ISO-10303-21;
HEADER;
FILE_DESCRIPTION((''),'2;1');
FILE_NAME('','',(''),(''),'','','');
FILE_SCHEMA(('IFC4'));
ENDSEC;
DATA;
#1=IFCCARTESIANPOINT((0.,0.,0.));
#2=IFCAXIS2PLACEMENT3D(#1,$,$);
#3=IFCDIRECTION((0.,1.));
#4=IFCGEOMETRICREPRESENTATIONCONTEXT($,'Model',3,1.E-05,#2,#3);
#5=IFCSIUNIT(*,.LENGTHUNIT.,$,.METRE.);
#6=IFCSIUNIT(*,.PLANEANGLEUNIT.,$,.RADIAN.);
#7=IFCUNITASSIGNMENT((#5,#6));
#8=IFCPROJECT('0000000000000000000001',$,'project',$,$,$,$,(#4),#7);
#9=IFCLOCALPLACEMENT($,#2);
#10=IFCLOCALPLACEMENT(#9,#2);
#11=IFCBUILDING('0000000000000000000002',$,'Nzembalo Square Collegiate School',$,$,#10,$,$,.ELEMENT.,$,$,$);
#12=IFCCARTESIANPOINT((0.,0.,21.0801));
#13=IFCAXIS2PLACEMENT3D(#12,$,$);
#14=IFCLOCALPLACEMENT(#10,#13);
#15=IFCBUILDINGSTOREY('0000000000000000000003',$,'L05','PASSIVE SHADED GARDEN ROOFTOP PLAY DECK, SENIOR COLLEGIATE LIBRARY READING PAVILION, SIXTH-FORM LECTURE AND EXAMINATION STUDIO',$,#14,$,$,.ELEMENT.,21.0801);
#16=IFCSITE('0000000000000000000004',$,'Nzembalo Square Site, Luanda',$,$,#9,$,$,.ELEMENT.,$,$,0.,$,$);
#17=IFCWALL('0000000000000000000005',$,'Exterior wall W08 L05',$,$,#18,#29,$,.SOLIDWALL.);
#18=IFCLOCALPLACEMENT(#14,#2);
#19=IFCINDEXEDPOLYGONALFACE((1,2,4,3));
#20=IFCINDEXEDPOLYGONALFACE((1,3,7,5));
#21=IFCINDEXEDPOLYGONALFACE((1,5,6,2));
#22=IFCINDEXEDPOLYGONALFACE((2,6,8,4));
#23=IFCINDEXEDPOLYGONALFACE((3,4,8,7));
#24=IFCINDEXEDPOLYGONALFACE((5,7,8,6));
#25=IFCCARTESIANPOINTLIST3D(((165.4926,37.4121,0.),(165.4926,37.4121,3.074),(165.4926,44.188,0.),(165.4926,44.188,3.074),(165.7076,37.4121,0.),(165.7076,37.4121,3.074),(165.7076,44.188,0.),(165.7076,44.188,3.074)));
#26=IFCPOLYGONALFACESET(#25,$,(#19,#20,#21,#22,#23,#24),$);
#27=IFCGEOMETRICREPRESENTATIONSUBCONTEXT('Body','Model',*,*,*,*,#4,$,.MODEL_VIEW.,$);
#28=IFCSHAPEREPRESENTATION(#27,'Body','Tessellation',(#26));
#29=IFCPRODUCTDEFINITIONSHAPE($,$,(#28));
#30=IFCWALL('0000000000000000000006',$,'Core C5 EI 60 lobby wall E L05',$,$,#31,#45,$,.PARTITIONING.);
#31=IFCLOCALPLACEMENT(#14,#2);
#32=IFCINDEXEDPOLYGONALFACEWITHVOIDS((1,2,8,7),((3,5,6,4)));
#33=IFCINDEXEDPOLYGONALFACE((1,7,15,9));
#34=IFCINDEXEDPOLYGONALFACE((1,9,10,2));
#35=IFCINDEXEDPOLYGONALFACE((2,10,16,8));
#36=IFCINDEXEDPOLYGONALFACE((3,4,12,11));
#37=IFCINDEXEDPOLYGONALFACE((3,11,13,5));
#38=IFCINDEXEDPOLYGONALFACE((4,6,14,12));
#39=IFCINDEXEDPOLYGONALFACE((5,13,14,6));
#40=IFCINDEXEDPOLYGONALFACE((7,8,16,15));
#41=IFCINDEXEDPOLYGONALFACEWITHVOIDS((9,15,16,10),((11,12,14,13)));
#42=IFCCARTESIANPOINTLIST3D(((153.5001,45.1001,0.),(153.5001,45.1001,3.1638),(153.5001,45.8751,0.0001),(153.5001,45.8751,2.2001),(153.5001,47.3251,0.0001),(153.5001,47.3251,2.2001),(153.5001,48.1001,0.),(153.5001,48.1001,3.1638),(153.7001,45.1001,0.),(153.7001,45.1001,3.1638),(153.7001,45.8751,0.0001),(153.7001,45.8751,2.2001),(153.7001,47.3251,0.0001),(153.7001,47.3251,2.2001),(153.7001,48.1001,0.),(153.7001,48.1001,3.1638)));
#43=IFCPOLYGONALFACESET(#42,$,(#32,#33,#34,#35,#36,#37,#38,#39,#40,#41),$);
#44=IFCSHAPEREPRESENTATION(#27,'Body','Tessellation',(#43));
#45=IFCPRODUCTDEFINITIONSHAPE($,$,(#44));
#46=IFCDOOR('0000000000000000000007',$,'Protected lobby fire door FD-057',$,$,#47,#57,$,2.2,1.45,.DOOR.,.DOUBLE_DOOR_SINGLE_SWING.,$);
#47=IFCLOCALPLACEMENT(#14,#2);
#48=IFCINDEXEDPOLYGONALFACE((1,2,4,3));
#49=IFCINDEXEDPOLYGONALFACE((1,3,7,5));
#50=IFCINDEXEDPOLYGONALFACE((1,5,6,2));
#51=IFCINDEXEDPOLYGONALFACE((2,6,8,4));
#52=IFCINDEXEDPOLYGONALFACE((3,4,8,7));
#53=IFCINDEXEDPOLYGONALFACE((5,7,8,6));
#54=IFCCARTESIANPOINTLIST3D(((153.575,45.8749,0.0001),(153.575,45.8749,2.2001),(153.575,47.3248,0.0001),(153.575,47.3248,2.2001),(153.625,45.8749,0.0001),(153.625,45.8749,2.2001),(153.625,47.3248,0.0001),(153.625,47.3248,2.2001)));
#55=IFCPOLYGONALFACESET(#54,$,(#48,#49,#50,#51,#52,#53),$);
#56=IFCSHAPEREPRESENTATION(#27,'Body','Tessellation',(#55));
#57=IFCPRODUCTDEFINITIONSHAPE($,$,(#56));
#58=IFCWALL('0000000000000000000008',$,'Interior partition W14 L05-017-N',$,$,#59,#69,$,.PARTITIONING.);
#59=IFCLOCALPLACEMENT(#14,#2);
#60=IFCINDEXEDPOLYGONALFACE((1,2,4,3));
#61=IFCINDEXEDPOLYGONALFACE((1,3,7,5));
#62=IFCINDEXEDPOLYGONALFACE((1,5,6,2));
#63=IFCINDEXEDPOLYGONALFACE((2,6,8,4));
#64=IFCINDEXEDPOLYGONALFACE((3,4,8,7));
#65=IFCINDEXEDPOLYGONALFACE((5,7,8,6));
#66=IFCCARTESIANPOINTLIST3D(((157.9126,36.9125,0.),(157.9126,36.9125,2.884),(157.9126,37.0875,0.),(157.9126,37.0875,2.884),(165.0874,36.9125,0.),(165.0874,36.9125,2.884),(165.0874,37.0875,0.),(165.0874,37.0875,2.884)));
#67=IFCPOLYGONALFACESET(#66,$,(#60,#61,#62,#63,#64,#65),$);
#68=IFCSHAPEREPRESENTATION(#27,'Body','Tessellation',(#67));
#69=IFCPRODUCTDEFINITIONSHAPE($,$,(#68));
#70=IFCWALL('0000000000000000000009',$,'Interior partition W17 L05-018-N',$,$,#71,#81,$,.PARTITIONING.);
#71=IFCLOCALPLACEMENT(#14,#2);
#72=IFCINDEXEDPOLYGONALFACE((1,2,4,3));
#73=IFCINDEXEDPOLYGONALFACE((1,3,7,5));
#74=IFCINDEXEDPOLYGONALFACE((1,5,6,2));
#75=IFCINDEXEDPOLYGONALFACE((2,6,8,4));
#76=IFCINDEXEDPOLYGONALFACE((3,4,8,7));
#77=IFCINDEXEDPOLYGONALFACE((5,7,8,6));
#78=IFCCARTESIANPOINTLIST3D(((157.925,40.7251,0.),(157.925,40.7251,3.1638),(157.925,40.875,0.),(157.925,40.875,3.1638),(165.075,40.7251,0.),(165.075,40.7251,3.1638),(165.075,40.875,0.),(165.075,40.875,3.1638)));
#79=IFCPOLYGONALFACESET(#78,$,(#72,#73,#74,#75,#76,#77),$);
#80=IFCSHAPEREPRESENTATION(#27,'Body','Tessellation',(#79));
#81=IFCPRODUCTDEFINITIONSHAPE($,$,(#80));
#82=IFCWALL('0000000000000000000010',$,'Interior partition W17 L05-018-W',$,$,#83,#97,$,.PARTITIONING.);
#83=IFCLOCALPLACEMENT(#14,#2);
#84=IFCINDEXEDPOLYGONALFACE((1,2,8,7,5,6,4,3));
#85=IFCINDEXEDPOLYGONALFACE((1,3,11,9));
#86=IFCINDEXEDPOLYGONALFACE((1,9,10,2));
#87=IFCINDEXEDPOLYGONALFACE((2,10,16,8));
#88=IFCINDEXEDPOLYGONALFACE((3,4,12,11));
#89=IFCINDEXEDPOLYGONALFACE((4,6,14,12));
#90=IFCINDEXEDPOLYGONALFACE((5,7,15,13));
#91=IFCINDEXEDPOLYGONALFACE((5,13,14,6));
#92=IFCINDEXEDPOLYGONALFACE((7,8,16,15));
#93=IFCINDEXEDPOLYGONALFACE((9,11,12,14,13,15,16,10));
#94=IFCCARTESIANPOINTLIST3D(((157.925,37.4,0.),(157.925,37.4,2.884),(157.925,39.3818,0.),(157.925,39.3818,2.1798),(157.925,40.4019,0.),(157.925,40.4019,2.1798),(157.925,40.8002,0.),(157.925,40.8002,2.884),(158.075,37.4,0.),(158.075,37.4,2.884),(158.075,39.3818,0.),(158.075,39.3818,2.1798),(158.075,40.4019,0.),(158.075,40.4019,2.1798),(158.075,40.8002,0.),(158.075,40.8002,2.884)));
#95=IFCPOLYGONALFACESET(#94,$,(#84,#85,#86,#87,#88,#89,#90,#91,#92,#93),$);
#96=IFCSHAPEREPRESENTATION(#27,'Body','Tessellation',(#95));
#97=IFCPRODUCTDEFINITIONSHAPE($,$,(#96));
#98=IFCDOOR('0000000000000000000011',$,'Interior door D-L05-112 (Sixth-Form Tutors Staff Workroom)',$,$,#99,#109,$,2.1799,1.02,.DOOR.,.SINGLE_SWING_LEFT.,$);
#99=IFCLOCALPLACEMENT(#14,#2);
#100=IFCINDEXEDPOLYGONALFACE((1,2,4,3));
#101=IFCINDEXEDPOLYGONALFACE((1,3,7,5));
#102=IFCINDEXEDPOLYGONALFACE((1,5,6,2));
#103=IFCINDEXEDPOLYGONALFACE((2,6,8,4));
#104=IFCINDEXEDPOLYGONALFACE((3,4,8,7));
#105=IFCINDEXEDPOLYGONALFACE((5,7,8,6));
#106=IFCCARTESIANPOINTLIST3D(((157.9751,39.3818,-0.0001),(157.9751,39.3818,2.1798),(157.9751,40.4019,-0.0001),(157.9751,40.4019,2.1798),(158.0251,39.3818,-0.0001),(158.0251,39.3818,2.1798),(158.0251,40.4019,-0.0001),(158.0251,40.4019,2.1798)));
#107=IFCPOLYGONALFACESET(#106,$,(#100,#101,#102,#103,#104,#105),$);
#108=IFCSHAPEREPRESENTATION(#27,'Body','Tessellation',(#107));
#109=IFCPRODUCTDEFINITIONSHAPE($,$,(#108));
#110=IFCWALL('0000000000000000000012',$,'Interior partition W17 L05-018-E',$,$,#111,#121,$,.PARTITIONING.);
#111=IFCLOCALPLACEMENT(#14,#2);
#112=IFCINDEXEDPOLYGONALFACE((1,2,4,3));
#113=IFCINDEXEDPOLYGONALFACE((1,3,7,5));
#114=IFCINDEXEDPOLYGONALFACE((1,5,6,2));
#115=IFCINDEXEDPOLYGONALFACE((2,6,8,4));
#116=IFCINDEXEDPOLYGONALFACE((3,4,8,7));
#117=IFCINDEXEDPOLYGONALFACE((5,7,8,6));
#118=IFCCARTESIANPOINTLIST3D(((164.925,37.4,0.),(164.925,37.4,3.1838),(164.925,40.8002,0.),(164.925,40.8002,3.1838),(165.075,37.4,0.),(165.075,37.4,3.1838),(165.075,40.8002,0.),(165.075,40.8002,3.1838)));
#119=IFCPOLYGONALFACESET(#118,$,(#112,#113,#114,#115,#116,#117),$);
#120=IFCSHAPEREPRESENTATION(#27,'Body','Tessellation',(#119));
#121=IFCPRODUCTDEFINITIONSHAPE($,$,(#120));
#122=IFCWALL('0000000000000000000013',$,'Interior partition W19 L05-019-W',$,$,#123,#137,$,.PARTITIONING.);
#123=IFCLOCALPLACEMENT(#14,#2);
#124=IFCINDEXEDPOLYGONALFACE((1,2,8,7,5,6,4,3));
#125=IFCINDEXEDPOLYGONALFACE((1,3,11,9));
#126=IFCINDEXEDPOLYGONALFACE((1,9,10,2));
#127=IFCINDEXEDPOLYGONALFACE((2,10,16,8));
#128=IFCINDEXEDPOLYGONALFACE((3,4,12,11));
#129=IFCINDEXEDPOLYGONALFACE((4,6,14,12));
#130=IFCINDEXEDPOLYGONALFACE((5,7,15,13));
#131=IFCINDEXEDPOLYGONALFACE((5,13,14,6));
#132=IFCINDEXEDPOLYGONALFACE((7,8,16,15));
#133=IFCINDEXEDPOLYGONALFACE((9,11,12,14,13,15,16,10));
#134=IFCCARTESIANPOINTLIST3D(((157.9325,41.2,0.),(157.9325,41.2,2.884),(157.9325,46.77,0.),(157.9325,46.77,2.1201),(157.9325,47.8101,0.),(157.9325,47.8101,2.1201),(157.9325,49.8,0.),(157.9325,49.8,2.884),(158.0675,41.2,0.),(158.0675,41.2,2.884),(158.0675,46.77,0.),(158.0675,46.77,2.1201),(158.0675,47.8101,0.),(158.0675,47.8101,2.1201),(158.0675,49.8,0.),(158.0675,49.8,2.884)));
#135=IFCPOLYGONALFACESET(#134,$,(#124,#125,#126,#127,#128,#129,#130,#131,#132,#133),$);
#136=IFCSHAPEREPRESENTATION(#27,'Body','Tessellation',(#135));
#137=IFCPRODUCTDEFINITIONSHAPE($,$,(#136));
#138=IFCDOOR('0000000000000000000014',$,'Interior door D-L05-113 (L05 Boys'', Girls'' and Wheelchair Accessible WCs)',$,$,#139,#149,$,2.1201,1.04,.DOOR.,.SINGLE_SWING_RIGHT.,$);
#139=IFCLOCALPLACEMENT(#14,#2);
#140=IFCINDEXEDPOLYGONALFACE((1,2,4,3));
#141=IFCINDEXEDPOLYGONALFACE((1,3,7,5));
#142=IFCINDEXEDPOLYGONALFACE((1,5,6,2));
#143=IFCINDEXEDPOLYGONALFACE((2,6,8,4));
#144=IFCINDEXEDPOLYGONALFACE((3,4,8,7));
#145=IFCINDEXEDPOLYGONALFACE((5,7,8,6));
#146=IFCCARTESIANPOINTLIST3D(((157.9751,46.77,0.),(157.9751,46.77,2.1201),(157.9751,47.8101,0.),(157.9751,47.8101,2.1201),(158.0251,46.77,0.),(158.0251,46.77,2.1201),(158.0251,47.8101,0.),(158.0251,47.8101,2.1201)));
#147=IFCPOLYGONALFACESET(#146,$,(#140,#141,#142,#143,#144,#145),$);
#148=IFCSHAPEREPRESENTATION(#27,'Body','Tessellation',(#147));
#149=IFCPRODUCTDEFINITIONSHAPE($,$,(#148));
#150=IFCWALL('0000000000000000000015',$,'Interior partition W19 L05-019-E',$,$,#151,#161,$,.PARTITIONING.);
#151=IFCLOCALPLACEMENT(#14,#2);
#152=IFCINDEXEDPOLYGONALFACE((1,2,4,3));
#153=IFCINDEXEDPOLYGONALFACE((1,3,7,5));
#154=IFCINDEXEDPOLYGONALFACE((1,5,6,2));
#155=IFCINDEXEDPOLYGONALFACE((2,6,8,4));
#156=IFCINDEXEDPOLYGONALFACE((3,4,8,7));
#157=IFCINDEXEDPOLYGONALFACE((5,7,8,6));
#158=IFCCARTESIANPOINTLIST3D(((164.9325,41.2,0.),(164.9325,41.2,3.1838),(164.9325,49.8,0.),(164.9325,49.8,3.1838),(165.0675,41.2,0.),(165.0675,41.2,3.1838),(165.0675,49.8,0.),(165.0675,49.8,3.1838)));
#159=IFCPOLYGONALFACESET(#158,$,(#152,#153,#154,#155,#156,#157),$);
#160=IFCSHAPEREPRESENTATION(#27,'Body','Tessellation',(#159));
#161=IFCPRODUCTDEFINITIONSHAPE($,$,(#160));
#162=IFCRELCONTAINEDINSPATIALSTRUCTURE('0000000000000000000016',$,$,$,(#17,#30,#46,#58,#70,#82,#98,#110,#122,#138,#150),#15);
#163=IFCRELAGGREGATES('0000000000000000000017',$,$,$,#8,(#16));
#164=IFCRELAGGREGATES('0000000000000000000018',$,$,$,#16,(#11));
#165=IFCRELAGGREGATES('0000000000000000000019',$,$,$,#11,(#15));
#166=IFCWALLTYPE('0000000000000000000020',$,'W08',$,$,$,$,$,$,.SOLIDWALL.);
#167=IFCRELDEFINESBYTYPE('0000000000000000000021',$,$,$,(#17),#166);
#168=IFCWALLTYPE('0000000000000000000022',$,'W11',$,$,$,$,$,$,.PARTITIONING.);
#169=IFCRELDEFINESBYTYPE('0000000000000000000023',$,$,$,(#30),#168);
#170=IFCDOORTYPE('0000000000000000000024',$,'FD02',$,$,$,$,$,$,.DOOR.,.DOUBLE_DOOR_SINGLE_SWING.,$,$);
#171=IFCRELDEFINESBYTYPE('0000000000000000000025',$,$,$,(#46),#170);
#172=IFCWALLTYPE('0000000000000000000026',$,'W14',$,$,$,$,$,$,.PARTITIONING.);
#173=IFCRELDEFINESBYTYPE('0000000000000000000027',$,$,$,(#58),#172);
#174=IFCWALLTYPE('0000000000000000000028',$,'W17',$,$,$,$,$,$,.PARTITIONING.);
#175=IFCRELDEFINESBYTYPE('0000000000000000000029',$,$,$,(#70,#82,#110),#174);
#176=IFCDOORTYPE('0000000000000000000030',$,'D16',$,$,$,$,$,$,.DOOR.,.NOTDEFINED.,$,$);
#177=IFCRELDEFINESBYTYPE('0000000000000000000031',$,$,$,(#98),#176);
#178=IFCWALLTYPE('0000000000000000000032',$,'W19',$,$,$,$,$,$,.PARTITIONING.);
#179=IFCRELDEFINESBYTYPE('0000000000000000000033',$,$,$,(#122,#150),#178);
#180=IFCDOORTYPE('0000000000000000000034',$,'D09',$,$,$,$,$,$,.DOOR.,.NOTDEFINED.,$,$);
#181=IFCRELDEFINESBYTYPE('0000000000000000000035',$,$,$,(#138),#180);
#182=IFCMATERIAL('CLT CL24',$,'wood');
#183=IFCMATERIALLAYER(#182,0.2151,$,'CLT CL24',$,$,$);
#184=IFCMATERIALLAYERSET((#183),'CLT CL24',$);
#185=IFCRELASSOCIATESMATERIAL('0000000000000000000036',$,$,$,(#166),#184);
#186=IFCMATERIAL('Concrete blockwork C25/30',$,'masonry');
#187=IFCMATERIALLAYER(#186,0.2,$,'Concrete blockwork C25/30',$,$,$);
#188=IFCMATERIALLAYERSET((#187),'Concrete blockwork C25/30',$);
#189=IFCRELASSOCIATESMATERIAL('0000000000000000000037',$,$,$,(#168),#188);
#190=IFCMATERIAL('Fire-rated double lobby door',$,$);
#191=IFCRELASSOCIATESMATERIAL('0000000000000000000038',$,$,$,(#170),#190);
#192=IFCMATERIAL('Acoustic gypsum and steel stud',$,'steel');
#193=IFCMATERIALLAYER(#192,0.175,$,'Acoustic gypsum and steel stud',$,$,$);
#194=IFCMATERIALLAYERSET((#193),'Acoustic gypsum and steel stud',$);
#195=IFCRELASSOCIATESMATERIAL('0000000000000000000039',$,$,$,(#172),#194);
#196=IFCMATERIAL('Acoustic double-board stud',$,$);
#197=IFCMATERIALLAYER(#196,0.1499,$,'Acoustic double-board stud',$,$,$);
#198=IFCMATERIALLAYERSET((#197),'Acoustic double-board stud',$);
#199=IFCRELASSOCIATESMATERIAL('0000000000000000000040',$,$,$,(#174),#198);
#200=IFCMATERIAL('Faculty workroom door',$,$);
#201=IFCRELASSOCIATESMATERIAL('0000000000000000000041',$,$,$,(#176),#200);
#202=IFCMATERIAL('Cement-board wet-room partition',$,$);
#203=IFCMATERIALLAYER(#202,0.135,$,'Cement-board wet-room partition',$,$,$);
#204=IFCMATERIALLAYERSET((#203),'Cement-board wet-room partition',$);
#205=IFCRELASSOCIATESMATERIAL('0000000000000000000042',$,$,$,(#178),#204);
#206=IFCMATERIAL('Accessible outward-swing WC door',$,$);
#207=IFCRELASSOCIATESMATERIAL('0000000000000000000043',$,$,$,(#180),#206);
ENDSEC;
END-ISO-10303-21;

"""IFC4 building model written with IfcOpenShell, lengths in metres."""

from ifc_helpers import new_model, si_unit, direction, frame, frame_2d, origin, place, context, subcontext, project, spatial, rectangle, extrude, material, layer, layer_set, type_object, element, fill, save


model = new_model("IFC4")

# Units and contexts
model_context = context("Model", 3, precision=1e-05, world=origin(), true_north=direction((0.0, 1.0)))
body_context = subcontext(model_context, "Body", "Model", "MODEL_VIEW")
ifc_project = project(units=[si_unit("LENGTHUNIT", "METRE"), si_unit("PLANEANGLEUNIT", "RADIAN")], contexts=[model_context])

# Site, building, storey
site_placement = place(None, origin())
site = spatial("IfcSite", under=ifc_project, at=site_placement, Name="Nzembalo Square Site, Luanda", CompositionType="ELEMENT", RefElevation=0.0)
building_placement = place(site_placement, origin())
building = spatial("IfcBuilding", under=site, at=building_placement, Name="Nzembalo Square Collegiate School", CompositionType="ELEMENT")
storey_placement = place(building_placement, frame((0.0, 0.0, 21.0801)))
storey = spatial("IfcBuildingStorey", under=building, at=storey_placement, Name="L05", Description="PASSIVE SHADED GARDEN ROOFTOP PLAY DECK, SENIOR COLLEGIATE LIBRARY READING PAVILION, SIXTH-FORM LECTURE AND EXAMINATION STUDIO", CompositionType="ELEMENT", Elevation=21.0801)

# Wall
ifc_material_1 = material(Name="CLT CL24", Category="wood")
ifc_layer_1 = layer(ifc_material_1, 0.2151, Name="CLT CL24")
ifc_layer_set_1 = layer_set([ifc_layer_1], Name="CLT CL24")
wall_type_1 = type_object("IfcWallType", Name="W08", PredefinedType="SOLIDWALL", material=ifc_layer_set_1)
wall_1_placement = place(storey_placement, frame((165.6001, 37.4121, 0.0), z_axis=(0.0, 0.0, 1.0), x_axis=(0.0, 1.0, 0.0)))
element("IfcWall", 1, at=wall_1_placement, inside=storey, type_object=wall_type_1, Name="Exterior wall W08 L05", PredefinedType="SOLIDWALL", context=body_context, shape_type="SweptSolid", body=[
    extrude(rectangle(XDim=6.7759, YDim=0.2151, at=frame_2d((3.3879, 0.0))), origin(), (0.0, 0.0, 1.0), 3.074),
])

# Wall, opening, door
ifc_material_2 = material(Name="Concrete blockwork C25/30", Category="masonry")
ifc_layer_2 = layer(ifc_material_2, 0.2, Name="Concrete blockwork C25/30")
ifc_layer_set_2 = layer_set([ifc_layer_2], Name="Concrete blockwork C25/30")
wall_type_2 = type_object("IfcWallType", Name="W11", PredefinedType="PARTITIONING", material=ifc_layer_set_2)
wall_2_placement = place(storey_placement, frame((153.6001, 45.1001, 0.0), z_axis=(0.0, 0.0, 1.0), x_axis=(0.0, 1.0, 0.0)))
wall_2 = element("IfcWall", 2, at=wall_2_placement, inside=storey, type_object=wall_type_2, Name="Core C5 EI 60 lobby wall E L05", PredefinedType="PARTITIONING", context=body_context, shape_type="SweptSolid", body=[
    extrude(rectangle(XDim=3.0, YDim=0.2, at=frame_2d((1.5, 0.0))), origin(), (0.0, 0.0, 1.0), 3.1638),
])
opening_1_placement = place(wall_2_placement, frame((0.7749, 0.0, 0.0)))
opening_1 = element("IfcOpeningElement", 3, at=opening_1_placement, cuts=wall_2, PredefinedType="OPENING", context=body_context, shape_type="SweptSolid", body=[
    extrude(rectangle(XDim=1.45, YDim=2.2, at=frame_2d((0.7251, 1.1001))), frame((0.0, 0.1099, 0.0), z_axis=(0.0, -1.0, 0.0), x_axis=(1.0, 0.0, 0.0)), (0.0, 0.0, 1.0), 0.22),
])
ifc_material_3 = material(Name="Fire-rated double lobby door")
door_type_1 = type_object("IfcDoorType", Name="FD02", OperationType="DOUBLE_DOOR_SINGLE_SWING", PredefinedType="DOOR", material=ifc_material_3)
door_1_placement = place(opening_1_placement, frame((1.45, 0.0, 0.0), z_axis=(0.0, 0.0, 1.0), x_axis=(-1.0, 0.0, 0.0)))
door_1 = element("IfcDoor", 4, at=door_1_placement, inside=storey, type_object=door_type_1, Name="Protected lobby fire door FD-057", OperationType="DOUBLE_DOOR_SINGLE_SWING", OverallHeight=2.2, OverallWidth=1.45, PredefinedType="DOOR", context=body_context, shape_type="SweptSolid", body=[
    extrude(rectangle(XDim=1.45, YDim=2.2, at=frame_2d((0.7251, 1.1001))), frame((0.0, 0.0249, 0.0), z_axis=(0.0, -1.0, 0.0), x_axis=(1.0, 0.0, 0.0)), (0.0, 0.0, 1.0), 0.05),
])
fill(opening_1, door_1)

# Walls
ifc_material_4 = material(Name="Acoustic gypsum and steel stud", Category="steel")
ifc_layer_3 = layer(ifc_material_4, 0.175, Name="Acoustic gypsum and steel stud")
ifc_layer_set_3 = layer_set([ifc_layer_3], Name="Acoustic gypsum and steel stud")
wall_type_3 = type_object("IfcWallType", Name="W14", PredefinedType="PARTITIONING", material=ifc_layer_set_3)
wall_3_placement = place(storey_placement, frame((157.9126, 37.0, 0.0), z_axis=(0.0, 0.0, 1.0), x_axis=(1.0, 0.0, 0.0)))
element("IfcWall", 5, at=wall_3_placement, inside=storey, type_object=wall_type_3, Name="Interior partition W14 L05-017-N", PredefinedType="PARTITIONING", context=body_context, shape_type="SweptSolid", body=[
    extrude(rectangle(XDim=7.1748, YDim=0.175, at=frame_2d((3.5874, 0.0))), origin(), (0.0, 0.0, 1.0), 2.884),
])
ifc_material_5 = material(Name="Acoustic double-board stud")
ifc_layer_4 = layer(ifc_material_5, 0.1499, Name="Acoustic double-board stud")
ifc_layer_set_4 = layer_set([ifc_layer_4], Name="Acoustic double-board stud")
wall_type_4 = type_object("IfcWallType", Name="W17", PredefinedType="PARTITIONING", material=ifc_layer_set_4)
wall_4_placement = place(storey_placement, frame((157.925, 40.8, 0.0), z_axis=(0.0, 0.0, 1.0), x_axis=(1.0, 0.0, 0.0)))
element("IfcWall", 6, at=wall_4_placement, inside=storey, type_object=wall_type_4, Name="Interior partition W17 L05-018-N", PredefinedType="PARTITIONING", context=body_context, shape_type="SweptSolid", body=[
    extrude(rectangle(XDim=7.1499, YDim=0.1499, at=frame_2d((3.575, 0.0))), origin(), (0.0, 0.0, 1.0), 3.1638),
])

# Wall, opening, door
wall_5_placement = place(storey_placement, frame((158.0, 37.3999, 0.0), z_axis=(0.0, 0.0, 1.0), x_axis=(0.0, 1.0, 0.0)))
wall_5 = element("IfcWall", 7, at=wall_5_placement, inside=storey, type_object=wall_type_4, Name="Interior partition W17 L05-018-W", PredefinedType="PARTITIONING", context=body_context, shape_type="SweptSolid", body=[
    extrude(rectangle(XDim=3.4001, YDim=0.1499, at=frame_2d((1.7002, 0.0))), origin(), (0.0, 0.0, 1.0), 2.884),
])
opening_2_placement = place(wall_5_placement, frame((1.9819, 0.0, 0.0)))
opening_2 = element("IfcOpeningElement", 8, at=opening_2_placement, cuts=wall_5, PredefinedType="OPENING", context=body_context, shape_type="SweptSolid", body=[
    extrude(rectangle(XDim=1.02, YDim=2.1799, at=frame_2d((0.51, 1.0898))), frame((0.0, 0.085, 0.0), z_axis=(0.0, -1.0, 0.0), x_axis=(1.0, 0.0, 0.0)), (0.0, 0.0, 1.0), 0.1699),
])
ifc_material_6 = material(Name="Faculty workroom door")
door_type_2 = type_object("IfcDoorType", Name="D16", OperationType="NOTDEFINED", PredefinedType="DOOR", material=ifc_material_6)
door_2_placement = place(opening_2_placement, origin())
door_2 = element("IfcDoor", 9, at=door_2_placement, inside=storey, type_object=door_type_2, Name="Interior door D-L05-112 (Sixth-Form Tutors Staff Workroom)", OperationType="SINGLE_SWING_LEFT", OverallHeight=2.1799, OverallWidth=1.02, PredefinedType="DOOR", context=body_context, shape_type="SweptSolid", body=[
    extrude(rectangle(XDim=1.02, YDim=2.1799, at=frame_2d((0.51, 1.0898))), frame((0.0, 0.0249, 0.0), z_axis=(0.0, -1.0, 0.0), x_axis=(1.0, 0.0, 0.0)), (0.0, 0.0, 1.0), 0.05),
])
fill(opening_2, door_2)

# Wall
wall_6_placement = place(storey_placement, frame((165.0, 37.3999, 0.0), z_axis=(0.0, 0.0, 1.0), x_axis=(0.0, 1.0, 0.0)))
element("IfcWall", 10, at=wall_6_placement, inside=storey, type_object=wall_type_4, Name="Interior partition W17 L05-018-E", PredefinedType="PARTITIONING", context=body_context, shape_type="SweptSolid", body=[
    extrude(rectangle(XDim=3.4001, YDim=0.1499, at=frame_2d((1.7002, 0.0))), origin(), (0.0, 0.0, 1.0), 3.1838),
])

# Wall, opening, door
ifc_material_7 = material(Name="Cement-board wet-room partition")
ifc_layer_5 = layer(ifc_material_7, 0.135, Name="Cement-board wet-room partition")
ifc_layer_set_5 = layer_set([ifc_layer_5], Name="Cement-board wet-room partition")
wall_type_5 = type_object("IfcWallType", Name="W19", PredefinedType="PARTITIONING", material=ifc_layer_set_5)
wall_7_placement = place(storey_placement, frame((158.0, 41.2, 0.0), z_axis=(0.0, 0.0, 1.0), x_axis=(0.0, 1.0, 0.0)))
wall_7 = element("IfcWall", 11, at=wall_7_placement, inside=storey, type_object=wall_type_5, Name="Interior partition W19 L05-019-W", PredefinedType="PARTITIONING", context=body_context, shape_type="SweptSolid", body=[
    extrude(rectangle(XDim=8.6001, YDim=0.135, at=frame_2d((4.3, 0.0))), origin(), (0.0, 0.0, 1.0), 2.884),
])
opening_3_placement = place(wall_7_placement, frame((5.5701, 0.0, 0.0)))
opening_3 = element("IfcOpeningElement", 12, at=opening_3_placement, cuts=wall_7, PredefinedType="OPENING", context=body_context, shape_type="SweptSolid", body=[
    extrude(rectangle(XDim=1.04, YDim=2.1201, at=frame_2d((0.52, 1.0601))), frame((0.0, 0.0776, 0.0), z_axis=(0.0, -1.0, 0.0), x_axis=(1.0, 0.0, 0.0)), (0.0, 0.0, 1.0), 0.155),
])
ifc_material_8 = material(Name="Accessible outward-swing WC door")
door_type_3 = type_object("IfcDoorType", Name="D09", OperationType="NOTDEFINED", PredefinedType="DOOR", material=ifc_material_8)
door_3_placement = place(opening_3_placement, origin())
door_3 = element("IfcDoor", 13, at=door_3_placement, inside=storey, type_object=door_type_3, Name="Interior door D-L05-113 (L05 Boys', Girls' and Wheelchair Accessible WCs)", OperationType="SINGLE_SWING_RIGHT", OverallHeight=2.1201, OverallWidth=1.04, PredefinedType="DOOR", context=body_context, shape_type="SweptSolid", body=[
    extrude(rectangle(XDim=1.04, YDim=2.1201, at=frame_2d((0.52, 1.0601))), frame((0.0, 0.0249, 0.0), z_axis=(0.0, -1.0, 0.0), x_axis=(1.0, 0.0, 0.0)), (0.0, 0.0, 1.0), 0.05),
])
fill(opening_3, door_3)

# Wall
wall_8_placement = place(storey_placement, frame((165.0, 41.2, 0.0), z_axis=(0.0, 0.0, 1.0), x_axis=(0.0, 1.0, 0.0)))
element("IfcWall", 14, at=wall_8_placement, inside=storey, type_object=wall_type_5, Name="Interior partition W19 L05-019-E", PredefinedType="PARTITIONING", context=body_context, shape_type="SweptSolid", body=[
    extrude(rectangle(XDim=8.6001, YDim=0.135, at=frame_2d((4.3, 0.0))), origin(), (0.0, 0.0, 1.0), 3.1838),
])

save(model, "model.ifc")
